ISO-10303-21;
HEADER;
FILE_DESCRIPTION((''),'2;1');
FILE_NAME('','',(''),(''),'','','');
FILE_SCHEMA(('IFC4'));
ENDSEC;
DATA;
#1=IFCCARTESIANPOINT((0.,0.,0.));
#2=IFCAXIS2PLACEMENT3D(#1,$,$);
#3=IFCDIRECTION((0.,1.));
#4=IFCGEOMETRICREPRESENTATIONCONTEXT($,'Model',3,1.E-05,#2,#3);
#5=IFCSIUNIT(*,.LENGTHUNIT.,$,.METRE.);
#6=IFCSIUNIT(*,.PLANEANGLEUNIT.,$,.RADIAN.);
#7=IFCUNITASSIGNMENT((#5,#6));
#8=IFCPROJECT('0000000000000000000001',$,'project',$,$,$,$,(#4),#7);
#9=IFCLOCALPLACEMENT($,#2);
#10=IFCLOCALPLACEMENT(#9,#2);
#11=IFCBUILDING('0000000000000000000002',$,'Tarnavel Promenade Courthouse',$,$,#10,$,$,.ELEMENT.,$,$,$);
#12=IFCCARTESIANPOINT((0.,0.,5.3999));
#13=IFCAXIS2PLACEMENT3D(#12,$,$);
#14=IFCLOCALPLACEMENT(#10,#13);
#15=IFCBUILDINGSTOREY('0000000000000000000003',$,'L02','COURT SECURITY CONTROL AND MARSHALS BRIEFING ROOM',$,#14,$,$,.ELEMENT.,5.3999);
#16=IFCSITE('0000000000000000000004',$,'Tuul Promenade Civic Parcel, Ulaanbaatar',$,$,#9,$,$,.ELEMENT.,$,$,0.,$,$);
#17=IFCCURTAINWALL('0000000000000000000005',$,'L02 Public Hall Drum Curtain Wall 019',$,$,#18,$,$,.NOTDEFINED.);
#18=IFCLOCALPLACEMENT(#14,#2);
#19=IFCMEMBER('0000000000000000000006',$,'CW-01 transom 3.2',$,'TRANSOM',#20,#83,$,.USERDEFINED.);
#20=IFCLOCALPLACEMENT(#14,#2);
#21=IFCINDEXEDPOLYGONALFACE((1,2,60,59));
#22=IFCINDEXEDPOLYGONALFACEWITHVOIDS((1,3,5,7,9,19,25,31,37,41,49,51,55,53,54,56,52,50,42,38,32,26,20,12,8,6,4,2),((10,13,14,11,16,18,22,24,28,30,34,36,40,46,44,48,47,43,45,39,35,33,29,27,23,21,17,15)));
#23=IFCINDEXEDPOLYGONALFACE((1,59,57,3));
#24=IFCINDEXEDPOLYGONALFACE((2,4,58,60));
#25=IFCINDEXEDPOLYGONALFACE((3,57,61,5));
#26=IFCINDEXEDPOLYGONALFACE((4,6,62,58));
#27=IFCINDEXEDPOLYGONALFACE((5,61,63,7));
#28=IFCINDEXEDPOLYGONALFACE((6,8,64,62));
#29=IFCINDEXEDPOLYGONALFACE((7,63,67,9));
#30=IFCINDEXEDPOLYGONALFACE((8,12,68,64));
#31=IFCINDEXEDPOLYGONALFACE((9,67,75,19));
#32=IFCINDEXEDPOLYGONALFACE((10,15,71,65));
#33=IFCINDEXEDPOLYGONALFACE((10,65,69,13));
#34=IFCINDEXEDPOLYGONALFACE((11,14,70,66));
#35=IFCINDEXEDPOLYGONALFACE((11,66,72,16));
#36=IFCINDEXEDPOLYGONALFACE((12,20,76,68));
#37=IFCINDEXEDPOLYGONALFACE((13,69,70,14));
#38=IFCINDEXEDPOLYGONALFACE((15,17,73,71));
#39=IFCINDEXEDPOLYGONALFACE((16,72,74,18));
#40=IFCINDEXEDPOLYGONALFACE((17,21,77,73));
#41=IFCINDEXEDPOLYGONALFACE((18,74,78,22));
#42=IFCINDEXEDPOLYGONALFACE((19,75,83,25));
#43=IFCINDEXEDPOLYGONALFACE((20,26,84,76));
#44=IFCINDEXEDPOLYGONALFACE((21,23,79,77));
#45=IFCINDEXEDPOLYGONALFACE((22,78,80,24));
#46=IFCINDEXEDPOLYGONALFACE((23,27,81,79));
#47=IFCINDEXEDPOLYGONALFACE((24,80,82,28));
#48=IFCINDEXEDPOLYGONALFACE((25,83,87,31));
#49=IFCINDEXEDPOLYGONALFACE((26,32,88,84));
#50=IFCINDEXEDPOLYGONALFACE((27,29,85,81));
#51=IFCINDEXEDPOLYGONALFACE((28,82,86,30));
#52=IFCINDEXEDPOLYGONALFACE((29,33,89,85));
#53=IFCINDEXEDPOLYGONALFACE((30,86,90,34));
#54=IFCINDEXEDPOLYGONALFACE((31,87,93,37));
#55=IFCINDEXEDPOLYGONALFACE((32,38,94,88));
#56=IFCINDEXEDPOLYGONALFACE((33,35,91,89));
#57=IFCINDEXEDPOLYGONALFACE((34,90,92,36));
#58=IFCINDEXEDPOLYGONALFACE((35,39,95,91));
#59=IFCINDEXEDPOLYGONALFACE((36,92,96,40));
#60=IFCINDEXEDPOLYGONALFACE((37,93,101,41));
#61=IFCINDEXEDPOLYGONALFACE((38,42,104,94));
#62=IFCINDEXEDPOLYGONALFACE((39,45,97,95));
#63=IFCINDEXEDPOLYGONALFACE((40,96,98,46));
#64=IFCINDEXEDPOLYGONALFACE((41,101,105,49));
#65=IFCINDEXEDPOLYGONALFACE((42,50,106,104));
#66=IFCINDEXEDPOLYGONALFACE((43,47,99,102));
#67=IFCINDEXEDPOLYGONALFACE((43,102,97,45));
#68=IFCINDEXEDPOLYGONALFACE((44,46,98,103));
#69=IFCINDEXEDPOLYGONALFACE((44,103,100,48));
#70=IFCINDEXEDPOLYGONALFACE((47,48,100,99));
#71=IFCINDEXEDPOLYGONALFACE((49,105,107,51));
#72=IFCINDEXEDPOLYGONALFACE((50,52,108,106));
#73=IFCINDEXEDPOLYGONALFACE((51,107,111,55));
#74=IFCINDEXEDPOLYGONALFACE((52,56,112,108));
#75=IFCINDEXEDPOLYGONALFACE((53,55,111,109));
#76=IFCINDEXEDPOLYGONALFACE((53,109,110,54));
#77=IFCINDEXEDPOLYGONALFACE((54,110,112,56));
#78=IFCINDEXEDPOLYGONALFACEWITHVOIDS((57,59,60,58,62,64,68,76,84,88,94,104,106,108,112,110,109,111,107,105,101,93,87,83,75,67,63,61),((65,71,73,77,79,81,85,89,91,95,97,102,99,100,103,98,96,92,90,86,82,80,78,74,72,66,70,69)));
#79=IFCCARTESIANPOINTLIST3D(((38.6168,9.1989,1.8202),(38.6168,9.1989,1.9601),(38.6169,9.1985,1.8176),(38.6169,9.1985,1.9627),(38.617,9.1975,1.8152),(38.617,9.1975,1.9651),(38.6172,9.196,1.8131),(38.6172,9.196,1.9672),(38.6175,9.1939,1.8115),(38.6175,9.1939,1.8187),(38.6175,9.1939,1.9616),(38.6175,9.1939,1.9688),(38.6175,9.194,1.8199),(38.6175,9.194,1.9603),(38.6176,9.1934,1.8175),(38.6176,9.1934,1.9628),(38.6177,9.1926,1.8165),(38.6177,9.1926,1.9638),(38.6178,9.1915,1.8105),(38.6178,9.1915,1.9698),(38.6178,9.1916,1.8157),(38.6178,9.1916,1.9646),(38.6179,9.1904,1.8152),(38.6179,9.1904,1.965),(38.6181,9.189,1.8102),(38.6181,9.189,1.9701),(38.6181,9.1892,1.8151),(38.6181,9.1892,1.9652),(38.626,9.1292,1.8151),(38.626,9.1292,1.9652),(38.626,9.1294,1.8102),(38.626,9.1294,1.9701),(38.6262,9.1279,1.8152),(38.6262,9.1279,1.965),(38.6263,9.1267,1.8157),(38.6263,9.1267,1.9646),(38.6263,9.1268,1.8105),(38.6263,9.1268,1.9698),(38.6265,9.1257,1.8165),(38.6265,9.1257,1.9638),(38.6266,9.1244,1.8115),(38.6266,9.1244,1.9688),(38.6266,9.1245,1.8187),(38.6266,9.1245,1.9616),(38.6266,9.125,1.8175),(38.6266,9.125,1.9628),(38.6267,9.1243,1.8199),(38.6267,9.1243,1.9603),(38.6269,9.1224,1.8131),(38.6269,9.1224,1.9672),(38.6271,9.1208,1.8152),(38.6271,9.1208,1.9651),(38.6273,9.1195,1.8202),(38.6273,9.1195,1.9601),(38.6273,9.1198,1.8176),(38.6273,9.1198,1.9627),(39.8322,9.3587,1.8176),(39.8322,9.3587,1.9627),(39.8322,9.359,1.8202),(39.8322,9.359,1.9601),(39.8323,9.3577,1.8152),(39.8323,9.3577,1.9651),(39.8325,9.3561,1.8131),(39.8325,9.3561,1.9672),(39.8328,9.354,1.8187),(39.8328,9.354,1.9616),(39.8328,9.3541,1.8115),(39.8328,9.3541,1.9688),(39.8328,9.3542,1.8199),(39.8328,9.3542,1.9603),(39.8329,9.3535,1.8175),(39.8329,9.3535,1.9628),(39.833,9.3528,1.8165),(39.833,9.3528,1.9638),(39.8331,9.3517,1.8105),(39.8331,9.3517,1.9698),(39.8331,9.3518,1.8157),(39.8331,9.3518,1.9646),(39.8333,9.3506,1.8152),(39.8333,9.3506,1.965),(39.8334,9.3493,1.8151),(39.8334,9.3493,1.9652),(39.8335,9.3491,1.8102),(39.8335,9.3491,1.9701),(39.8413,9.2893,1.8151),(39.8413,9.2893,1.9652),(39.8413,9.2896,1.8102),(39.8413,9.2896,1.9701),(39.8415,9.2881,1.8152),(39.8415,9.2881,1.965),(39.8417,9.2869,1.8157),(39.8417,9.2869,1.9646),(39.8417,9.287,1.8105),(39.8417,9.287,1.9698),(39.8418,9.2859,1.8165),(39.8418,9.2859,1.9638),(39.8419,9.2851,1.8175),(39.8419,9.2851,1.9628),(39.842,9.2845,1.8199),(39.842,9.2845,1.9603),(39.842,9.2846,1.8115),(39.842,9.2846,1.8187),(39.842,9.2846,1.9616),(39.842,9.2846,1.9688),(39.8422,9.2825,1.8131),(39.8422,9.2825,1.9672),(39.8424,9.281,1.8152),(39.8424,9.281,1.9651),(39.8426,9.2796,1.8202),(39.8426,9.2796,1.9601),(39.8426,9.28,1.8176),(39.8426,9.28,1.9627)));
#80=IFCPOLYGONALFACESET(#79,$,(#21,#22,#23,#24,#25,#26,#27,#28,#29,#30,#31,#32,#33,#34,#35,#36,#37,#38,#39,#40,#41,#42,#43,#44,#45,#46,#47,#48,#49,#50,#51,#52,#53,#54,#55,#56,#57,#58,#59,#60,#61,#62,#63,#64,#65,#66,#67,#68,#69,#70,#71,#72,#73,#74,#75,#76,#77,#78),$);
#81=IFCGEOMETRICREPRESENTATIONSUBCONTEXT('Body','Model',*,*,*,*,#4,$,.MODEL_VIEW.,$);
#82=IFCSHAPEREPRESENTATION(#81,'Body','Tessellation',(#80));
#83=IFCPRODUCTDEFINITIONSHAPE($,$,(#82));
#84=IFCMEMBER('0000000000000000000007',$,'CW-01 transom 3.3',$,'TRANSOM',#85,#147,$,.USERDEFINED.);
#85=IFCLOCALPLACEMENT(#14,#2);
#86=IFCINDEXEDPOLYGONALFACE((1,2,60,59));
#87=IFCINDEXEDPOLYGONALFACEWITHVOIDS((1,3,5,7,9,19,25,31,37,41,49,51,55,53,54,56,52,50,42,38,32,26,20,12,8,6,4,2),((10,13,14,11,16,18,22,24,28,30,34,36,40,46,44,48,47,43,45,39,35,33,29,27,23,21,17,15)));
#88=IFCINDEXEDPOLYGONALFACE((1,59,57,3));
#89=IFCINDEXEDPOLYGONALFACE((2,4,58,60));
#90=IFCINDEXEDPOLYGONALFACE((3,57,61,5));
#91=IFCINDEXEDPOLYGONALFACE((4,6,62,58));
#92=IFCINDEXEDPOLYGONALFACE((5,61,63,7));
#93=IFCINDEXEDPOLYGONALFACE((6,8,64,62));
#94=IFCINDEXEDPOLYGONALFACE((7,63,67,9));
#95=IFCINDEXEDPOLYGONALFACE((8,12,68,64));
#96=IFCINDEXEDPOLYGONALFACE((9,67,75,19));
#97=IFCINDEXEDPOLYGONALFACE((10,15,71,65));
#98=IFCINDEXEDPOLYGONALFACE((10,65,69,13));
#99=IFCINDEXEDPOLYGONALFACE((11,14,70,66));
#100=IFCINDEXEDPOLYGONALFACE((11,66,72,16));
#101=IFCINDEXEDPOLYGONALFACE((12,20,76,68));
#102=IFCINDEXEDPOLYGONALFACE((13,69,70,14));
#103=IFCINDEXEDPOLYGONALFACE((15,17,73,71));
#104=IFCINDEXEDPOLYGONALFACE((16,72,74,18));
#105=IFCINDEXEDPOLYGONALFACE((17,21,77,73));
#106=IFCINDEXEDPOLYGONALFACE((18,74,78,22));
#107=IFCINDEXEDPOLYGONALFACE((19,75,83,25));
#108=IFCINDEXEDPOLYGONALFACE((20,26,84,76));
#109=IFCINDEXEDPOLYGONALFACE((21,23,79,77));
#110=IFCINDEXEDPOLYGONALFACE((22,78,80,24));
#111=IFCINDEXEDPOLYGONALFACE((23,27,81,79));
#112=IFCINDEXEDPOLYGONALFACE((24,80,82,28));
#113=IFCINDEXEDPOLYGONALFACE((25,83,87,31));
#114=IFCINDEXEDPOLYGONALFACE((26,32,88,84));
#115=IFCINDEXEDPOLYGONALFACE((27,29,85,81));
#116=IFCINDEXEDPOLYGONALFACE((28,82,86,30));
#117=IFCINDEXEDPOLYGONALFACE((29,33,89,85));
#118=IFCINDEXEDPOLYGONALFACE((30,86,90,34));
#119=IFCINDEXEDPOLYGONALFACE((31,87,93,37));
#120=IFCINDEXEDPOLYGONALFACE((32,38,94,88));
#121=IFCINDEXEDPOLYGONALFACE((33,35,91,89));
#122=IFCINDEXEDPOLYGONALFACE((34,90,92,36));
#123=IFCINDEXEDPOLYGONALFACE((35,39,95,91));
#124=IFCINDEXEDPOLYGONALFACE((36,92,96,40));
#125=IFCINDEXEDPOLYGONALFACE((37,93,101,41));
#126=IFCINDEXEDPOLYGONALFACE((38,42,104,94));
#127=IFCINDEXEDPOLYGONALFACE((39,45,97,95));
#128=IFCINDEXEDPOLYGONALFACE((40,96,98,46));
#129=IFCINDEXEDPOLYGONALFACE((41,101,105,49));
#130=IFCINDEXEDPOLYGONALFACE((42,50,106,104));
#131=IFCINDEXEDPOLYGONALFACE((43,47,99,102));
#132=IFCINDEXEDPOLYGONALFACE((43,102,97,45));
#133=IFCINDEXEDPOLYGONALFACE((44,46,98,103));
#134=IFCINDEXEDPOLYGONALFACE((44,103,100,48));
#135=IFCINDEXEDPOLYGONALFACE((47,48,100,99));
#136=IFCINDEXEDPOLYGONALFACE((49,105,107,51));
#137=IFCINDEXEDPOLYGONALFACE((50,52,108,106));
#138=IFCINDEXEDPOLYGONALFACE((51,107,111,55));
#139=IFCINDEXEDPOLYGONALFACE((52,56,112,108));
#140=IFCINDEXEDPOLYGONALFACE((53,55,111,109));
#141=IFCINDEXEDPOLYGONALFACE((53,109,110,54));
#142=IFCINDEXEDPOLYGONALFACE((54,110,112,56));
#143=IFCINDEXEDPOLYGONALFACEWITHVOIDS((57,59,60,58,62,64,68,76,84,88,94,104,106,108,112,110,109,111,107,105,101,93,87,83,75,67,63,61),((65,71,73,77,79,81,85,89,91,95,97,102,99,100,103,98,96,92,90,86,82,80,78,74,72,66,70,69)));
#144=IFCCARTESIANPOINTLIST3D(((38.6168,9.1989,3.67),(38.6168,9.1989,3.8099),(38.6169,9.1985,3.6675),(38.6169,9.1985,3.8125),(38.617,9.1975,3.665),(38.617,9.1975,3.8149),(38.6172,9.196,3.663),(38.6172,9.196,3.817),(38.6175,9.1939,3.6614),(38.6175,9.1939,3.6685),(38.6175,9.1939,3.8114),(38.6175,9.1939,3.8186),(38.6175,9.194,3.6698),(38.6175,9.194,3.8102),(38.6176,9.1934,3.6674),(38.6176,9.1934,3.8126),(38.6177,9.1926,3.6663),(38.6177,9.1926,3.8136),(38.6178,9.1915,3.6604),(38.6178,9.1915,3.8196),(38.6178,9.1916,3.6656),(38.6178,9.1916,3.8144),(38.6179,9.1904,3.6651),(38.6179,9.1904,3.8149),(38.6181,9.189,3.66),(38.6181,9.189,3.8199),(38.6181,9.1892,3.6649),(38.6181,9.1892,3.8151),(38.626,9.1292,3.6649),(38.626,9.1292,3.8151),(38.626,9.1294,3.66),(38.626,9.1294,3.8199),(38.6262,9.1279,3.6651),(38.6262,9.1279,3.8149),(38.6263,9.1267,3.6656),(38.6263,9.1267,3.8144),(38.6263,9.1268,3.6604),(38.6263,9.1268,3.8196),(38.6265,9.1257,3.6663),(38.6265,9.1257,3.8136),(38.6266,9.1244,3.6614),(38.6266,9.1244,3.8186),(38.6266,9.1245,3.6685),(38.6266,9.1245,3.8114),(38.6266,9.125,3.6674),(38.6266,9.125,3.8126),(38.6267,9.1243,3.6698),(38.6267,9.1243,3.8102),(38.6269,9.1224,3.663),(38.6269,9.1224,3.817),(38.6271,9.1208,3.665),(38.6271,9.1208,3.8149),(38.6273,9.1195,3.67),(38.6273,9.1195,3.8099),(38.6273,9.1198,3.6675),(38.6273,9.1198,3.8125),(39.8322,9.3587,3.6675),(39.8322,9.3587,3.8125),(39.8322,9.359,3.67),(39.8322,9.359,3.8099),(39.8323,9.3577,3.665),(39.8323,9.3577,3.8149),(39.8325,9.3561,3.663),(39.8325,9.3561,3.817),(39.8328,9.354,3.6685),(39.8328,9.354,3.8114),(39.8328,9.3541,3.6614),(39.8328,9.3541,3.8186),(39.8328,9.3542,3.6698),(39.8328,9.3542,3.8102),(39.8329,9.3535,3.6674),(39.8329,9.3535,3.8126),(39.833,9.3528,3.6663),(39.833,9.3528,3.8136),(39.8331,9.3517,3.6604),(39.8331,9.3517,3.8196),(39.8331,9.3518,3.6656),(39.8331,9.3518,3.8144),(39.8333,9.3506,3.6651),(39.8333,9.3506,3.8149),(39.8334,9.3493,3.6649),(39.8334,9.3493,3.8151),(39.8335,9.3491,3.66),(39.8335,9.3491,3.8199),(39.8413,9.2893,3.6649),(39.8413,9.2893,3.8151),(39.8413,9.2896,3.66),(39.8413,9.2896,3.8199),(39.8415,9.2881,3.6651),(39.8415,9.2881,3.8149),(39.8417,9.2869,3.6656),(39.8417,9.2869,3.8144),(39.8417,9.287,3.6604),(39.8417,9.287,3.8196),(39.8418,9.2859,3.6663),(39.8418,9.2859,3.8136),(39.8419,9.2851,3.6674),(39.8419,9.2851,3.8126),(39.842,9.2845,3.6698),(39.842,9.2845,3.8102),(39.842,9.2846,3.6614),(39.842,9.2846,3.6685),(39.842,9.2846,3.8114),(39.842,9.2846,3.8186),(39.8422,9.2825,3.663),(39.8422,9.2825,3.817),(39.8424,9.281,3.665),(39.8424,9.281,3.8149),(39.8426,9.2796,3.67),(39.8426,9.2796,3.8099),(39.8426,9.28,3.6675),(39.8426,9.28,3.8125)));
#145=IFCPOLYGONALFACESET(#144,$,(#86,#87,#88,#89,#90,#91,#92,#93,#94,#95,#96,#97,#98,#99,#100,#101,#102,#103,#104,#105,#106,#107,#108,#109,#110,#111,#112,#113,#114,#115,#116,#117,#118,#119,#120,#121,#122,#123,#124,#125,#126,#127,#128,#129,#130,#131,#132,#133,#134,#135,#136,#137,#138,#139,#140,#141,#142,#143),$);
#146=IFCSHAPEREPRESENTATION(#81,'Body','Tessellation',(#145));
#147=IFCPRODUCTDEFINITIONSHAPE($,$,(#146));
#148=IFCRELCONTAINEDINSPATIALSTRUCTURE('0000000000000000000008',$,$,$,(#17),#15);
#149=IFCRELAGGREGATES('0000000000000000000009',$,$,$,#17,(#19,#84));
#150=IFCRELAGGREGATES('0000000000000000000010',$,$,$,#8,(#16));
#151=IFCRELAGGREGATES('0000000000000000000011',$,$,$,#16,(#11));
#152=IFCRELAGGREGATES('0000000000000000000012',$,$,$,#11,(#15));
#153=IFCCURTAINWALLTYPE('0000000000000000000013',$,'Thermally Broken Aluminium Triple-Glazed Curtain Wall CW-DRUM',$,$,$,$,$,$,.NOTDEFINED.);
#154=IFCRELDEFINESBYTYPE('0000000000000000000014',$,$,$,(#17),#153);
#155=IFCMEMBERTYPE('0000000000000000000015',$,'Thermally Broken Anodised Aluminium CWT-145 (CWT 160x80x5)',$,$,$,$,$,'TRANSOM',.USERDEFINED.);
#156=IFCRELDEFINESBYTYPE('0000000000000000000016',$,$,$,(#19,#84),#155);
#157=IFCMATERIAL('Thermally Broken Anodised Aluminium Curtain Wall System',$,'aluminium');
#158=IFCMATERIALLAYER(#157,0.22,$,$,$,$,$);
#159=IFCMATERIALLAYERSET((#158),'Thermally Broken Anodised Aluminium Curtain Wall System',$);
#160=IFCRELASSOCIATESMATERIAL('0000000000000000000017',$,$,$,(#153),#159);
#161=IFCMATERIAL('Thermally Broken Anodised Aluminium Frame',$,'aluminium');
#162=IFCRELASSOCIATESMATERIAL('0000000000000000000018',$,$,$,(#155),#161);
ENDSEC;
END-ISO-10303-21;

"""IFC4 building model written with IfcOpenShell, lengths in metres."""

from ifc_helpers import new_model, si_unit, direction, frame, origin, origin_2d, place, context, subcontext, project, spatial, hollow_rectangle, extrude, material, layer, layer_set, material_profile, profile_set, type_object, element, aggregate, save


model = new_model("IFC4")

# Units and contexts
model_context = context("Model", 3, precision=1e-05, world=origin(), true_north=direction((0.0, 1.0)))
body_context = subcontext(model_context, "Body", "Model", "MODEL_VIEW")
ifc_project = project(units=[si_unit("LENGTHUNIT", "METRE"), si_unit("PLANEANGLEUNIT", "RADIAN")], contexts=[model_context])

# Site, building, storey
site_placement = place(None, origin())
site = spatial("IfcSite", under=ifc_project, at=site_placement, Name="Tuul Promenade Civic Parcel, Ulaanbaatar", CompositionType="ELEMENT", RefElevation=0.0)
building_placement = place(site_placement, origin())
building = spatial("IfcBuilding", under=site, at=building_placement, Name="Tarnavel Promenade Courthouse", CompositionType="ELEMENT")
storey_placement = place(building_placement, frame((0.0, 0.0, 5.3999)))
storey = spatial("IfcBuildingStorey", under=building, at=storey_placement, Name="L02", Description="COURT SECURITY CONTROL AND MARSHALS BRIEFING ROOM", CompositionType="ELEMENT", Elevation=5.3999)

# Curtain wall
ifc_material_1 = material(Name="Thermally Broken Anodised Aluminium Curtain Wall System", Category="aluminium")
ifc_layer_1 = layer(ifc_material_1, 0.22)
ifc_layer_set_1 = layer_set([ifc_layer_1], Name="Thermally Broken Anodised Aluminium Curtain Wall System")
curtain_wall_type = type_object("IfcCurtainWallType", Name="Thermally Broken Aluminium Triple-Glazed Curtain Wall CW-DRUM", PredefinedType="NOTDEFINED", material=ifc_layer_set_1)
ifc_material_2 = material(Name="Thermally Broken Anodised Aluminium Frame", Category="aluminium")
curtain_wall_1_placement = place(storey_placement, origin())
curtain_wall_1 = element("IfcCurtainWall", 1, at=curtain_wall_1_placement, inside=storey, type_object=curtain_wall_type, Name="L02 Public Hall Drum Curtain Wall 019", PredefinedType="NOTDEFINED")

# Members
ifc_material_profile_1 = material_profile(ifc_material_2, hollow_rectangle(XDim=0.0801, YDim=0.1599, WallThickness=0.0049, InnerFilletRadius=0.0049, OuterFilletRadius=0.01, at=origin_2d()), Name="CWT 160x80x5")
ifc_profile_set_1 = profile_set([ifc_material_profile_1], Name="Thermally Broken Anodised Aluminium Frame")
member_type_1 = type_object("IfcMemberType", Name="Thermally Broken Anodised Aluminium CWT-145 (CWT 160x80x5)", ElementType="TRANSOM", PredefinedType="USERDEFINED", material=ifc_profile_set_1)
member_1_placement = place(storey_placement, frame((38.6221, 9.1592, 1.8901), z_axis=(0.991429, 0.13065, 0.0), x_axis=(-0.13065, 0.991429, 0.0)))
member_1 = element("IfcMember", 2, at=member_1_placement, type_object=member_type_1, Name="CW-01 transom 3.2", ObjectType="TRANSOM", PredefinedType="USERDEFINED", context=body_context, shape_type="SweptSolid", body=[
    extrude(hollow_rectangle(XDim=0.0801, YDim=0.1599, WallThickness=0.0049, InnerFilletRadius=0.0049, OuterFilletRadius=0.01, at=origin_2d()), origin(), (0.0, 0.0, 1.0), 1.2258),
])
member_2_placement = place(storey_placement, frame((38.6221, 9.1592, 3.74), z_axis=(0.991429, 0.13065, 0.0), x_axis=(-0.13065, 0.991429, 0.0)))
member_2 = element("IfcMember", 3, at=member_2_placement, type_object=member_type_1, Name="CW-01 transom 3.3", ObjectType="TRANSOM", PredefinedType="USERDEFINED", context=body_context, shape_type="SweptSolid", body=[
    extrude(hollow_rectangle(XDim=0.0801, YDim=0.1599, WallThickness=0.0049, InnerFilletRadius=0.0049, OuterFilletRadius=0.01, at=origin_2d()), origin(), (0.0, 0.0, 1.0), 1.2258),
])

aggregate(curtain_wall_1, [member_1, member_2])

save(model, "model.ifc")
